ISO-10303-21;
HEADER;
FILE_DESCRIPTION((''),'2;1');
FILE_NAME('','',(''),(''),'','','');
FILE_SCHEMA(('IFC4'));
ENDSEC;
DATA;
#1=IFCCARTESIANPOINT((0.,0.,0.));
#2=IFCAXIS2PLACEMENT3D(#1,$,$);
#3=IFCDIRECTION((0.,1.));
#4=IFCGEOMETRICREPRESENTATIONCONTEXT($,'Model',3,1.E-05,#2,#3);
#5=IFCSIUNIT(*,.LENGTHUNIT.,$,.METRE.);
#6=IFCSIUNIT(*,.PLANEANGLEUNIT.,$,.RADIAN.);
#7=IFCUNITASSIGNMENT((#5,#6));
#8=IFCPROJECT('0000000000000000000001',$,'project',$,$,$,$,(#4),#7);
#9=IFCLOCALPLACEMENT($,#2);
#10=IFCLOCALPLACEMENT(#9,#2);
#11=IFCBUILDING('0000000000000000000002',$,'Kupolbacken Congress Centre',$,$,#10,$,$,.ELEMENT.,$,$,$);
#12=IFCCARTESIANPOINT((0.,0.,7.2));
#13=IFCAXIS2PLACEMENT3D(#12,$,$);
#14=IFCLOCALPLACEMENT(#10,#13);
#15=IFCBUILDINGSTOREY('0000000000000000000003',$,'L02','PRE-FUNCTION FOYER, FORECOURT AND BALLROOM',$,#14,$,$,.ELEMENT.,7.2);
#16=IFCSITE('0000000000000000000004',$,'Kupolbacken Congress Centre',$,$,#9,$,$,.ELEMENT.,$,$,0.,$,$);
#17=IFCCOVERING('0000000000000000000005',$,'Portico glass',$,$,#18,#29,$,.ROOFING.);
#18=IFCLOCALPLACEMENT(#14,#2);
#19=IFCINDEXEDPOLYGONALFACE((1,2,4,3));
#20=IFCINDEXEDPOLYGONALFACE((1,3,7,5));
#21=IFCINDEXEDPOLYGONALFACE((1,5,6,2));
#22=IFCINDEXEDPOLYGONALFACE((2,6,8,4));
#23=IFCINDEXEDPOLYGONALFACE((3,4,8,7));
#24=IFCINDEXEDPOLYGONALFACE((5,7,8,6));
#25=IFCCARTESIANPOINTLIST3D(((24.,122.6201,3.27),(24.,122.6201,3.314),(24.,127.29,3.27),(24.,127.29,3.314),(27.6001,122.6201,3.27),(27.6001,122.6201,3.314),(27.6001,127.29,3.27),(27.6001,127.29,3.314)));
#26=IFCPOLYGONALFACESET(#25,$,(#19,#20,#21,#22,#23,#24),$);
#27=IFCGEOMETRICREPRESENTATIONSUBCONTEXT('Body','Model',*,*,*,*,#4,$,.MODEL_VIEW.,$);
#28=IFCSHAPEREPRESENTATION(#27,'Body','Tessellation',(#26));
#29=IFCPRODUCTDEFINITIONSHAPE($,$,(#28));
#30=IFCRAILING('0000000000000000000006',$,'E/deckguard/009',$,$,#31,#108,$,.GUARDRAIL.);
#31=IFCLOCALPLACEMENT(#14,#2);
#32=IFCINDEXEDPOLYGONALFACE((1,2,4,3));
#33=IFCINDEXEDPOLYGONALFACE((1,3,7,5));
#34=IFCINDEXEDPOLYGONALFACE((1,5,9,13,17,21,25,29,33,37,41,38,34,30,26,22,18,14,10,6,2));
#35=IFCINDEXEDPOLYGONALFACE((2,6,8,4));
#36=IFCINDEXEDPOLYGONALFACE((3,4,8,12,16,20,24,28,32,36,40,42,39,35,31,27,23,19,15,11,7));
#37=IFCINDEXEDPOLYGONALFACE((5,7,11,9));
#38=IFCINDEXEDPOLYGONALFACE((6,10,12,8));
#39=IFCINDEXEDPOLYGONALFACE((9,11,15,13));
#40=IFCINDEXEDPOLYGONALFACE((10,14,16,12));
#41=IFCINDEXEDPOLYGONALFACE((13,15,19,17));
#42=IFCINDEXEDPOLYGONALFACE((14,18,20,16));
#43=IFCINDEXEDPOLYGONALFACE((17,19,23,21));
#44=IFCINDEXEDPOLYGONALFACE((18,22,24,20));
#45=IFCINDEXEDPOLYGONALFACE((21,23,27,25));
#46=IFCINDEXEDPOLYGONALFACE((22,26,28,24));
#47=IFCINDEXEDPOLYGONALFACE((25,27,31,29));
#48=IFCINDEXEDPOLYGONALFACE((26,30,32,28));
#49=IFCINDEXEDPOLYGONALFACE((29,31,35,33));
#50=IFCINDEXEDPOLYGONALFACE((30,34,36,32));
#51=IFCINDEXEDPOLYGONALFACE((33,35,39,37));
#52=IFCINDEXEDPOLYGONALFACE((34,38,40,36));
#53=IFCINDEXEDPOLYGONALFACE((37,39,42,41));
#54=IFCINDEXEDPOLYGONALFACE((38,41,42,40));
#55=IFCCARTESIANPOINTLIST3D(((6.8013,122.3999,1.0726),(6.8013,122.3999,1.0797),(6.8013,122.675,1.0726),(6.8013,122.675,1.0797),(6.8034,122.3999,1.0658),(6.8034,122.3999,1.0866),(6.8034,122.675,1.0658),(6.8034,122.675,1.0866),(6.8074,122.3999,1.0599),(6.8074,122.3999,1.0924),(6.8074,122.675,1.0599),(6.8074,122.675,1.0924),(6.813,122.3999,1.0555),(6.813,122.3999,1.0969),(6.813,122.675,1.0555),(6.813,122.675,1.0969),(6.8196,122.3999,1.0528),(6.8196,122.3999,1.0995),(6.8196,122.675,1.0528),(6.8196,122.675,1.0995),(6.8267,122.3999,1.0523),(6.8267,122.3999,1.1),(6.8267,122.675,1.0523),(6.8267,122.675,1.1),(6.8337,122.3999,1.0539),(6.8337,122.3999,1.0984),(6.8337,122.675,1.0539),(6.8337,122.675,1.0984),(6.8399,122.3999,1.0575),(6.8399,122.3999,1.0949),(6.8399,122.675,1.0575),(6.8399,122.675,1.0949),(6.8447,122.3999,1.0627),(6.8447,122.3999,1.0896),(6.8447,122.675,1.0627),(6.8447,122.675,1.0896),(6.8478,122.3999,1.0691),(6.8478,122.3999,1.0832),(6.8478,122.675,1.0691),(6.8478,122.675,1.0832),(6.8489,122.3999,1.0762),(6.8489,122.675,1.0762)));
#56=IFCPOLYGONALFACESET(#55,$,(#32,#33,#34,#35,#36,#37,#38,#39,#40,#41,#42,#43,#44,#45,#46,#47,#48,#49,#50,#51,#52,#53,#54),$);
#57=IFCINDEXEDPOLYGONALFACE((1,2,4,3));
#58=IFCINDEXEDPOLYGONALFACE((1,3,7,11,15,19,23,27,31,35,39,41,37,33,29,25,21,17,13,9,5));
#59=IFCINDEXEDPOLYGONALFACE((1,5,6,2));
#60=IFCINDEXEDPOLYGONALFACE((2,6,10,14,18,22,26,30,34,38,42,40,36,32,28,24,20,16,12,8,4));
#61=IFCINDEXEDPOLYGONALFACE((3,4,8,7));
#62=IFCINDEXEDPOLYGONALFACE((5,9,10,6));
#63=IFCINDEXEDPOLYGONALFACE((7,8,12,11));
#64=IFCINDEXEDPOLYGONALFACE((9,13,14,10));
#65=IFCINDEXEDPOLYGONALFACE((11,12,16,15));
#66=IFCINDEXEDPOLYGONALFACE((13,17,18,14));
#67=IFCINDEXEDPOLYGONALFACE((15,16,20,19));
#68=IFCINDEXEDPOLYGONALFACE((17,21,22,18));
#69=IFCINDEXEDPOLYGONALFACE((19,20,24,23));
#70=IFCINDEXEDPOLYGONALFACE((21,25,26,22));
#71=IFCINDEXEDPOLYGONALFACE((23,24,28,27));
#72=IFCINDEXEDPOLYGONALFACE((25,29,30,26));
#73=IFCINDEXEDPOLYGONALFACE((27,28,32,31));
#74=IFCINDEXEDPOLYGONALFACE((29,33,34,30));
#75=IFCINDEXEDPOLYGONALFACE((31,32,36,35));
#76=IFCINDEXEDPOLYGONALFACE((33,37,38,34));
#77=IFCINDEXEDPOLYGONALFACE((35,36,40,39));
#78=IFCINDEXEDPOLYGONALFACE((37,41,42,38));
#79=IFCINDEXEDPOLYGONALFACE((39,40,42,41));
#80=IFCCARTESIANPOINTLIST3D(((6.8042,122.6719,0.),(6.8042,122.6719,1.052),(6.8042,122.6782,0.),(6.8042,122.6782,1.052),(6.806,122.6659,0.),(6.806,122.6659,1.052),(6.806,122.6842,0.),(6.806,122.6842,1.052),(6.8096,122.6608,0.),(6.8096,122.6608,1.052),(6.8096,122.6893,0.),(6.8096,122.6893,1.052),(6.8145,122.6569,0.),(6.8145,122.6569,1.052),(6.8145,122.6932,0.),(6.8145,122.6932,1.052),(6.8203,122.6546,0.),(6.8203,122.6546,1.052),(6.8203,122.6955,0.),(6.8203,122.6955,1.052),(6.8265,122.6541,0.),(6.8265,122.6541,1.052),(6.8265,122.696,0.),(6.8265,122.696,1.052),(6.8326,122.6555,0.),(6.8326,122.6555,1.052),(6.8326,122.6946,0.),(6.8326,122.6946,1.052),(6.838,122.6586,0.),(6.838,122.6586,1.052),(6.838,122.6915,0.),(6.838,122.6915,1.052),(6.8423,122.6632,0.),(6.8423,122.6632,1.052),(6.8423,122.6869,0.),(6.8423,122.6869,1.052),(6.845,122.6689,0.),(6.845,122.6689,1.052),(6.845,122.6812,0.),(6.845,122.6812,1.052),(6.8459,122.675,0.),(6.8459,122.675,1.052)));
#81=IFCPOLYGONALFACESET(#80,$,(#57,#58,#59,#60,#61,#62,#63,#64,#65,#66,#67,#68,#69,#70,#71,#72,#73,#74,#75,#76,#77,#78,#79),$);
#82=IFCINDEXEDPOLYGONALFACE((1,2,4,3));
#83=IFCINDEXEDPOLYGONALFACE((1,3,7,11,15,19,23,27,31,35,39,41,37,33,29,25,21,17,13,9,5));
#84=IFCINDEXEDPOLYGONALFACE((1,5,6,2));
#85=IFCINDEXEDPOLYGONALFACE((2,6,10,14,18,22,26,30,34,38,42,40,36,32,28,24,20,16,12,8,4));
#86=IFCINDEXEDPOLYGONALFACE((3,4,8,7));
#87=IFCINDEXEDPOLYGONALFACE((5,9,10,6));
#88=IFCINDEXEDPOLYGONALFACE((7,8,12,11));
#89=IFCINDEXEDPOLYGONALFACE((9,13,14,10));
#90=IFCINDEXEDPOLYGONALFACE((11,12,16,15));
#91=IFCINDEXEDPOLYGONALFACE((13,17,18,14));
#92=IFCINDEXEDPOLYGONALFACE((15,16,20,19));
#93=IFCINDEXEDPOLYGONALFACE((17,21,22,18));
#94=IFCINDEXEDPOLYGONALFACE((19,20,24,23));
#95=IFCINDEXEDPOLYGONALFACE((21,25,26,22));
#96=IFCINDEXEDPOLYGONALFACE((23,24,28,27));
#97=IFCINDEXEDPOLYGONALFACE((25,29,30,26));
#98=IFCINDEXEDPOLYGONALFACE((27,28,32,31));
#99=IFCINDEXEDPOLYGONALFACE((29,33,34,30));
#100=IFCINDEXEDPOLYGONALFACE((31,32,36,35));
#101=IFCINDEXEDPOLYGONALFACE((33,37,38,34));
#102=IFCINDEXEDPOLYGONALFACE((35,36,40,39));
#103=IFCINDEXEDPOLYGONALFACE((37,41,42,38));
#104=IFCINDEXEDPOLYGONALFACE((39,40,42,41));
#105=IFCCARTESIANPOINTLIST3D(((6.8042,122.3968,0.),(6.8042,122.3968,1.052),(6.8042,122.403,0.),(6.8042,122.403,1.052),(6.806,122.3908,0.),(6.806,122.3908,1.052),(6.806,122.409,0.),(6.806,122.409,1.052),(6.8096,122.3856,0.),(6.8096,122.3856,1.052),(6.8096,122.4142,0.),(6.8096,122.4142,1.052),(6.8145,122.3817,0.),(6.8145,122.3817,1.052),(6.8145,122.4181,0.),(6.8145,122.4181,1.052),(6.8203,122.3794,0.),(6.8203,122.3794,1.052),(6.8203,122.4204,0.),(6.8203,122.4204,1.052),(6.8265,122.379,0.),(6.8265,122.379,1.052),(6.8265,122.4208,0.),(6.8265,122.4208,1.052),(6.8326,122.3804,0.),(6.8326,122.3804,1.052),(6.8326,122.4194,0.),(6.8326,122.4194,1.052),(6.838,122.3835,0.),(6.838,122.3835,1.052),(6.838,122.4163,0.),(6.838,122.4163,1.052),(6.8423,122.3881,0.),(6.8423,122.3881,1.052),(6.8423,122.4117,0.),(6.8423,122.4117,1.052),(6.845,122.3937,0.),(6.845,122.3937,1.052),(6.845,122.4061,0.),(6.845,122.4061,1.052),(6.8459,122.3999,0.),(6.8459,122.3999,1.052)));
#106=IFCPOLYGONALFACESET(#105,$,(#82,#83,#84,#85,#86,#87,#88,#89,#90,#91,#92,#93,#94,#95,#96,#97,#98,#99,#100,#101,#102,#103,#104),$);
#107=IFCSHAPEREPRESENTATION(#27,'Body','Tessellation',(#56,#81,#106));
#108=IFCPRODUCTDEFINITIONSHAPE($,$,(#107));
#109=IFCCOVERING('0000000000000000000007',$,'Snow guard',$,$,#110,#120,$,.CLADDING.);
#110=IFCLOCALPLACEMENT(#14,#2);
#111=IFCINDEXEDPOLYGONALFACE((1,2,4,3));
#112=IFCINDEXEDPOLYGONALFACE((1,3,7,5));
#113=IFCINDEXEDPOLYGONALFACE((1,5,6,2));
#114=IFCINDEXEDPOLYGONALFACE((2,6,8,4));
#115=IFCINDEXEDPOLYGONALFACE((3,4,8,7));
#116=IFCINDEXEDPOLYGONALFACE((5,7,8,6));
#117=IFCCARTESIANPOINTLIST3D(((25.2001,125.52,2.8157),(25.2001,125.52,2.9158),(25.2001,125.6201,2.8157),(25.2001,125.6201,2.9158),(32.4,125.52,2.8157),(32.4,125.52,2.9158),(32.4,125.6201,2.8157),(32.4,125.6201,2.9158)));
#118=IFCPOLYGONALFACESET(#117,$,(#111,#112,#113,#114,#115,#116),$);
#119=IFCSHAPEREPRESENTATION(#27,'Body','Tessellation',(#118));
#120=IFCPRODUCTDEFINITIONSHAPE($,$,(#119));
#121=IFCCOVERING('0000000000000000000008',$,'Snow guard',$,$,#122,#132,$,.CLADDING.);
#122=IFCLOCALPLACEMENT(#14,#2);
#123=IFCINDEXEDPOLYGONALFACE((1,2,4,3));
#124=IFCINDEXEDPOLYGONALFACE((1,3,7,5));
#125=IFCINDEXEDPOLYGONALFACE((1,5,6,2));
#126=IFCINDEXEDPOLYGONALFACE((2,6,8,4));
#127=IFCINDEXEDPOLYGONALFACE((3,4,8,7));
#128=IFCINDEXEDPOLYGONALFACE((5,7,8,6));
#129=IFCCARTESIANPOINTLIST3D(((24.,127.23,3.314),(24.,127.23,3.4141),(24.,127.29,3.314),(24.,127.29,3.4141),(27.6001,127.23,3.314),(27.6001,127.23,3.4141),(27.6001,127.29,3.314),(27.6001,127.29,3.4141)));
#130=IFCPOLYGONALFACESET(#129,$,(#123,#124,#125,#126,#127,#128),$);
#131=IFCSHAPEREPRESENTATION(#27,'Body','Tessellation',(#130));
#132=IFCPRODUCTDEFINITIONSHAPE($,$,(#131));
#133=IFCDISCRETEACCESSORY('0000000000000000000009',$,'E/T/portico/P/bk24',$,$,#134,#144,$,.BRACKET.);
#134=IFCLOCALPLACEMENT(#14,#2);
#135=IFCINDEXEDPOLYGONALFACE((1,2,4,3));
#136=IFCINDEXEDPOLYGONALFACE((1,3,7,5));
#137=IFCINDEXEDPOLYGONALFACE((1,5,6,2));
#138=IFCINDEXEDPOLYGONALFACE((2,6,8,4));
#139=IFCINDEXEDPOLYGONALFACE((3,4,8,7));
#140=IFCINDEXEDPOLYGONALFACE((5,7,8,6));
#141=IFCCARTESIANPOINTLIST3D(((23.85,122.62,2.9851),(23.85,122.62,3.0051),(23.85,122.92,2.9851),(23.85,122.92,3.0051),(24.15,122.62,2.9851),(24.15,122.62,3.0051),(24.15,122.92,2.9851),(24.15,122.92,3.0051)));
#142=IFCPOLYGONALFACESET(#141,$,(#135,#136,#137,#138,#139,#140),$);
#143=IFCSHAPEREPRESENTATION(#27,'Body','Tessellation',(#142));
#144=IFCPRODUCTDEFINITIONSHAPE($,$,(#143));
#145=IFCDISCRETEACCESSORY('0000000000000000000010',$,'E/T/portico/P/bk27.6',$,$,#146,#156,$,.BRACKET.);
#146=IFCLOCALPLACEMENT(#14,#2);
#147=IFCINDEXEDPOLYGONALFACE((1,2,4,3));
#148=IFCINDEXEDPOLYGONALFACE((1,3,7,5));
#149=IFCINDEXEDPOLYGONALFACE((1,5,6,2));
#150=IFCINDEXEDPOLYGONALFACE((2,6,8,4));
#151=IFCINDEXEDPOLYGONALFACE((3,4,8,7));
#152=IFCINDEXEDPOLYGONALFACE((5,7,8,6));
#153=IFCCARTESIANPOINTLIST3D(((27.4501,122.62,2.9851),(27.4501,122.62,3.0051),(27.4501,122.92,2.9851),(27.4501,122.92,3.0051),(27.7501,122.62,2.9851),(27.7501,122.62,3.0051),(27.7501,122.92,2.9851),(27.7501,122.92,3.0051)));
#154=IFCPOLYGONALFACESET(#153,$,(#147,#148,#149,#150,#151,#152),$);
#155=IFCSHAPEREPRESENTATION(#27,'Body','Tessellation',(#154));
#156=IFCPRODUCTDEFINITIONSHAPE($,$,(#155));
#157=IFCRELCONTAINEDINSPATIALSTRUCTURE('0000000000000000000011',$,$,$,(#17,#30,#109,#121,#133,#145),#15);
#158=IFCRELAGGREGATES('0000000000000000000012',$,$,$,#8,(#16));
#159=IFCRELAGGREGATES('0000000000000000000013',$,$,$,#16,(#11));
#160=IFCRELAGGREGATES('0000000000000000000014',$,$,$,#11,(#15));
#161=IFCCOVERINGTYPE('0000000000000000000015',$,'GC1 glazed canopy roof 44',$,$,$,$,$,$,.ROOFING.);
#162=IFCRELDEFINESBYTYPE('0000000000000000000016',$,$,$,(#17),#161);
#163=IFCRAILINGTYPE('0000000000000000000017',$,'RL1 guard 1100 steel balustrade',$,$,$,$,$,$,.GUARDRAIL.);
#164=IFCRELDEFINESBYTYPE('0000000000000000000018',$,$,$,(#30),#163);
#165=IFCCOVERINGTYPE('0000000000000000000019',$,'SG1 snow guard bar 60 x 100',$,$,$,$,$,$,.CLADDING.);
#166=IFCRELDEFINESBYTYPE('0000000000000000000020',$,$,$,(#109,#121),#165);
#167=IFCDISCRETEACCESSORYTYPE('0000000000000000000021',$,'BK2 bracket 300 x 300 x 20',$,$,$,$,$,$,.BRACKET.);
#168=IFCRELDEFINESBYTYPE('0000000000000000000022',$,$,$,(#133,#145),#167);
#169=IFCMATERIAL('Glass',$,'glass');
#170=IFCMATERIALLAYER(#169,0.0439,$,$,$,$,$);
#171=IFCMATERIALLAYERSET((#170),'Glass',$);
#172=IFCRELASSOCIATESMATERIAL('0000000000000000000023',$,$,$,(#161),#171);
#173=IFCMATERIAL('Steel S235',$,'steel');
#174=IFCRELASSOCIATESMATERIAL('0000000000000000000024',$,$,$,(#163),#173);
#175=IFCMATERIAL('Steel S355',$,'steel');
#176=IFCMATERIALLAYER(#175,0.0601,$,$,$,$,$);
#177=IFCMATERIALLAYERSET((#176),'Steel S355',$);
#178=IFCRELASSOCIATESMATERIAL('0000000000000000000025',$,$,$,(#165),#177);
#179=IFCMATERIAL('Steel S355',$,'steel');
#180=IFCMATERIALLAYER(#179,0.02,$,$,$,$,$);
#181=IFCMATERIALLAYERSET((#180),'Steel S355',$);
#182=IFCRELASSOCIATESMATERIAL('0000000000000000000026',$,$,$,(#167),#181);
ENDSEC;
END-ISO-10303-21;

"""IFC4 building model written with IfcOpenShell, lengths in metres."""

from ifc_helpers import new_model, si_unit, direction, frame, origin, origin_2d, place, context, subcontext, project, spatial, rectangle, circle, extrude, material, layer, layer_set, type_object, element, save


model = new_model("IFC4")

# Units and contexts
model_context = context("Model", 3, precision=1e-05, world=origin(), true_north=direction((0.0, 1.0)))
body_context = subcontext(model_context, "Body", "Model", "MODEL_VIEW")
ifc_project = project(units=[si_unit("LENGTHUNIT", "METRE"), si_unit("PLANEANGLEUNIT", "RADIAN")], contexts=[model_context])

# Site, building, storey
site_placement = place(None, origin())
site = spatial("IfcSite", under=ifc_project, at=site_placement, Name="Kupolbacken Congress Centre", CompositionType="ELEMENT", RefElevation=0.0)
building_placement = place(site_placement, origin())
building = spatial("IfcBuilding", under=site, at=building_placement, Name="Kupolbacken Congress Centre", CompositionType="ELEMENT")
storey_placement = place(building_placement, frame((0.0, 0.0, 7.2)))
storey = spatial("IfcBuildingStorey", under=building, at=storey_placement, Name="L02", Description="PRE-FUNCTION FOYER, FORECOURT AND BALLROOM", CompositionType="ELEMENT", Elevation=7.2)

# Covering
ifc_material_1 = material(Name="Glass", Category="glass")
ifc_layer_1 = layer(ifc_material_1, 0.0439)
ifc_layer_set_1 = layer_set([ifc_layer_1], Name="Glass")
covering_type_1 = type_object("IfcCoveringType", Name="GC1 glazed canopy roof 44", PredefinedType="ROOFING", material=ifc_layer_set_1)
covering_1_placement = place(storey_placement, frame((25.8, 124.9551, 3.27), z_axis=(0.0, 0.0, 1.0), x_axis=(1.0, 0.0, 0.0)))
element("IfcCovering", 1, at=covering_1_placement, inside=storey, type_object=covering_type_1, Name="Portico glass", PredefinedType="ROOFING", context=body_context, shape_type="SweptSolid", body=[
    extrude(rectangle(XDim=3.6001, YDim=4.6699, at=origin_2d()), origin(), (0.0, 0.0, 1.0), 0.0439),
])

# Railing
ifc_material_2 = material(Name="Steel S235", Category="steel")
railing_type = type_object("IfcRailingType", Name="RL1 guard 1100 steel balustrade", PredefinedType="GUARDRAIL", material=ifc_material_2)
railing_placement = place(storey_placement, frame((6.825, 122.675, 0.0)))
element("IfcRailing", 2, at=railing_placement, inside=storey, type_object=railing_type, Name="E/deckguard/009", PredefinedType="GUARDRAIL", context=body_context, shape_type="SweptSolid", body=[
    extrude(circle(Radius=0.0239, at=origin_2d()), frame((0.0, 0.0, 1.0762), z_axis=(0.0, -1.0, 0.0), x_axis=(1.0, 0.0, 0.0)), (0.0, 0.0, 1.0), 0.2751),
    extrude(circle(Radius=0.021, at=origin_2d()), origin(), (0.0, 0.0, 1.0), 1.052),
    extrude(circle(Radius=0.021, at=origin_2d()), frame((0.0, -0.2751, 0.0)), (0.0, 0.0, 1.0), 1.052),
])

# Coverings
ifc_material_3 = material(Name="Steel S355", Category="steel")
ifc_layer_2 = layer(ifc_material_3, 0.0601)
ifc_layer_set_2 = layer_set([ifc_layer_2], Name="Steel S355")
covering_type_2 = type_object("IfcCoveringType", Name="SG1 snow guard bar 60 x 100", PredefinedType="CLADDING", material=ifc_layer_set_2)
covering_2_placement = place(storey_placement, frame((28.8, 125.5701, 2.8157), z_axis=(0.0, 0.0, 1.0), x_axis=(-1.0, 0.0, 0.0)))
element("IfcCovering", 3, at=covering_2_placement, inside=storey, type_object=covering_type_2, Name="Snow guard", PredefinedType="CLADDING", context=body_context, shape_type="SweptSolid", body=[
    extrude(rectangle(XDim=7.2, YDim=0.1001, at=origin_2d()), origin(), (0.0, 0.0, 1.0), 0.1001),
])
covering_3_placement = place(storey_placement, frame((25.8, 127.26, 3.314), z_axis=(0.0, 0.0, 1.0), x_axis=(1.0, 0.0, 0.0)))
element("IfcCovering", 4, at=covering_3_placement, inside=storey, type_object=covering_type_2, Name="Snow guard", PredefinedType="CLADDING", context=body_context, shape_type="SweptSolid", body=[
    extrude(rectangle(XDim=3.6001, YDim=0.0601, at=origin_2d()), origin(), (0.0, 0.0, 1.0), 0.1001),
])

# Discrete accessories
ifc_material_4 = material(Name="Steel S355", Category="steel")
ifc_layer_3 = layer(ifc_material_4, 0.02)
ifc_layer_set_3 = layer_set([ifc_layer_3], Name="Steel S355")
discrete_accessory_type = type_object("IfcDiscreteAccessoryType", Name="BK2 bracket 300 x 300 x 20", PredefinedType="BRACKET", material=ifc_layer_set_3)
for number, where, z_axis, x_axis, name in (
    (5, (24.0, 122.77, 2.9851), (0.0, 0.0, 1.0), (1.0, 0.0, 0.0), "E/T/portico/P/bk24"),
    (6, (27.6001, 122.77, 2.9851), (0.0, 0.0, 1.0), (1.0, 0.0, 0.0), "E/T/portico/P/bk27.6"),
):
    element("IfcDiscreteAccessory", number, at=place(storey_placement, frame(where, z_axis=z_axis, x_axis=x_axis)), inside=storey, type_object=discrete_accessory_type, Name=name, PredefinedType="BRACKET", context=body_context, shape_type="SweptSolid", body=[
        extrude(rectangle(XDim=0.3, YDim=0.3, at=origin_2d()), origin(), (0.0, 0.0, 1.0), 0.02),
    ])

save(model, "model.ifc")
